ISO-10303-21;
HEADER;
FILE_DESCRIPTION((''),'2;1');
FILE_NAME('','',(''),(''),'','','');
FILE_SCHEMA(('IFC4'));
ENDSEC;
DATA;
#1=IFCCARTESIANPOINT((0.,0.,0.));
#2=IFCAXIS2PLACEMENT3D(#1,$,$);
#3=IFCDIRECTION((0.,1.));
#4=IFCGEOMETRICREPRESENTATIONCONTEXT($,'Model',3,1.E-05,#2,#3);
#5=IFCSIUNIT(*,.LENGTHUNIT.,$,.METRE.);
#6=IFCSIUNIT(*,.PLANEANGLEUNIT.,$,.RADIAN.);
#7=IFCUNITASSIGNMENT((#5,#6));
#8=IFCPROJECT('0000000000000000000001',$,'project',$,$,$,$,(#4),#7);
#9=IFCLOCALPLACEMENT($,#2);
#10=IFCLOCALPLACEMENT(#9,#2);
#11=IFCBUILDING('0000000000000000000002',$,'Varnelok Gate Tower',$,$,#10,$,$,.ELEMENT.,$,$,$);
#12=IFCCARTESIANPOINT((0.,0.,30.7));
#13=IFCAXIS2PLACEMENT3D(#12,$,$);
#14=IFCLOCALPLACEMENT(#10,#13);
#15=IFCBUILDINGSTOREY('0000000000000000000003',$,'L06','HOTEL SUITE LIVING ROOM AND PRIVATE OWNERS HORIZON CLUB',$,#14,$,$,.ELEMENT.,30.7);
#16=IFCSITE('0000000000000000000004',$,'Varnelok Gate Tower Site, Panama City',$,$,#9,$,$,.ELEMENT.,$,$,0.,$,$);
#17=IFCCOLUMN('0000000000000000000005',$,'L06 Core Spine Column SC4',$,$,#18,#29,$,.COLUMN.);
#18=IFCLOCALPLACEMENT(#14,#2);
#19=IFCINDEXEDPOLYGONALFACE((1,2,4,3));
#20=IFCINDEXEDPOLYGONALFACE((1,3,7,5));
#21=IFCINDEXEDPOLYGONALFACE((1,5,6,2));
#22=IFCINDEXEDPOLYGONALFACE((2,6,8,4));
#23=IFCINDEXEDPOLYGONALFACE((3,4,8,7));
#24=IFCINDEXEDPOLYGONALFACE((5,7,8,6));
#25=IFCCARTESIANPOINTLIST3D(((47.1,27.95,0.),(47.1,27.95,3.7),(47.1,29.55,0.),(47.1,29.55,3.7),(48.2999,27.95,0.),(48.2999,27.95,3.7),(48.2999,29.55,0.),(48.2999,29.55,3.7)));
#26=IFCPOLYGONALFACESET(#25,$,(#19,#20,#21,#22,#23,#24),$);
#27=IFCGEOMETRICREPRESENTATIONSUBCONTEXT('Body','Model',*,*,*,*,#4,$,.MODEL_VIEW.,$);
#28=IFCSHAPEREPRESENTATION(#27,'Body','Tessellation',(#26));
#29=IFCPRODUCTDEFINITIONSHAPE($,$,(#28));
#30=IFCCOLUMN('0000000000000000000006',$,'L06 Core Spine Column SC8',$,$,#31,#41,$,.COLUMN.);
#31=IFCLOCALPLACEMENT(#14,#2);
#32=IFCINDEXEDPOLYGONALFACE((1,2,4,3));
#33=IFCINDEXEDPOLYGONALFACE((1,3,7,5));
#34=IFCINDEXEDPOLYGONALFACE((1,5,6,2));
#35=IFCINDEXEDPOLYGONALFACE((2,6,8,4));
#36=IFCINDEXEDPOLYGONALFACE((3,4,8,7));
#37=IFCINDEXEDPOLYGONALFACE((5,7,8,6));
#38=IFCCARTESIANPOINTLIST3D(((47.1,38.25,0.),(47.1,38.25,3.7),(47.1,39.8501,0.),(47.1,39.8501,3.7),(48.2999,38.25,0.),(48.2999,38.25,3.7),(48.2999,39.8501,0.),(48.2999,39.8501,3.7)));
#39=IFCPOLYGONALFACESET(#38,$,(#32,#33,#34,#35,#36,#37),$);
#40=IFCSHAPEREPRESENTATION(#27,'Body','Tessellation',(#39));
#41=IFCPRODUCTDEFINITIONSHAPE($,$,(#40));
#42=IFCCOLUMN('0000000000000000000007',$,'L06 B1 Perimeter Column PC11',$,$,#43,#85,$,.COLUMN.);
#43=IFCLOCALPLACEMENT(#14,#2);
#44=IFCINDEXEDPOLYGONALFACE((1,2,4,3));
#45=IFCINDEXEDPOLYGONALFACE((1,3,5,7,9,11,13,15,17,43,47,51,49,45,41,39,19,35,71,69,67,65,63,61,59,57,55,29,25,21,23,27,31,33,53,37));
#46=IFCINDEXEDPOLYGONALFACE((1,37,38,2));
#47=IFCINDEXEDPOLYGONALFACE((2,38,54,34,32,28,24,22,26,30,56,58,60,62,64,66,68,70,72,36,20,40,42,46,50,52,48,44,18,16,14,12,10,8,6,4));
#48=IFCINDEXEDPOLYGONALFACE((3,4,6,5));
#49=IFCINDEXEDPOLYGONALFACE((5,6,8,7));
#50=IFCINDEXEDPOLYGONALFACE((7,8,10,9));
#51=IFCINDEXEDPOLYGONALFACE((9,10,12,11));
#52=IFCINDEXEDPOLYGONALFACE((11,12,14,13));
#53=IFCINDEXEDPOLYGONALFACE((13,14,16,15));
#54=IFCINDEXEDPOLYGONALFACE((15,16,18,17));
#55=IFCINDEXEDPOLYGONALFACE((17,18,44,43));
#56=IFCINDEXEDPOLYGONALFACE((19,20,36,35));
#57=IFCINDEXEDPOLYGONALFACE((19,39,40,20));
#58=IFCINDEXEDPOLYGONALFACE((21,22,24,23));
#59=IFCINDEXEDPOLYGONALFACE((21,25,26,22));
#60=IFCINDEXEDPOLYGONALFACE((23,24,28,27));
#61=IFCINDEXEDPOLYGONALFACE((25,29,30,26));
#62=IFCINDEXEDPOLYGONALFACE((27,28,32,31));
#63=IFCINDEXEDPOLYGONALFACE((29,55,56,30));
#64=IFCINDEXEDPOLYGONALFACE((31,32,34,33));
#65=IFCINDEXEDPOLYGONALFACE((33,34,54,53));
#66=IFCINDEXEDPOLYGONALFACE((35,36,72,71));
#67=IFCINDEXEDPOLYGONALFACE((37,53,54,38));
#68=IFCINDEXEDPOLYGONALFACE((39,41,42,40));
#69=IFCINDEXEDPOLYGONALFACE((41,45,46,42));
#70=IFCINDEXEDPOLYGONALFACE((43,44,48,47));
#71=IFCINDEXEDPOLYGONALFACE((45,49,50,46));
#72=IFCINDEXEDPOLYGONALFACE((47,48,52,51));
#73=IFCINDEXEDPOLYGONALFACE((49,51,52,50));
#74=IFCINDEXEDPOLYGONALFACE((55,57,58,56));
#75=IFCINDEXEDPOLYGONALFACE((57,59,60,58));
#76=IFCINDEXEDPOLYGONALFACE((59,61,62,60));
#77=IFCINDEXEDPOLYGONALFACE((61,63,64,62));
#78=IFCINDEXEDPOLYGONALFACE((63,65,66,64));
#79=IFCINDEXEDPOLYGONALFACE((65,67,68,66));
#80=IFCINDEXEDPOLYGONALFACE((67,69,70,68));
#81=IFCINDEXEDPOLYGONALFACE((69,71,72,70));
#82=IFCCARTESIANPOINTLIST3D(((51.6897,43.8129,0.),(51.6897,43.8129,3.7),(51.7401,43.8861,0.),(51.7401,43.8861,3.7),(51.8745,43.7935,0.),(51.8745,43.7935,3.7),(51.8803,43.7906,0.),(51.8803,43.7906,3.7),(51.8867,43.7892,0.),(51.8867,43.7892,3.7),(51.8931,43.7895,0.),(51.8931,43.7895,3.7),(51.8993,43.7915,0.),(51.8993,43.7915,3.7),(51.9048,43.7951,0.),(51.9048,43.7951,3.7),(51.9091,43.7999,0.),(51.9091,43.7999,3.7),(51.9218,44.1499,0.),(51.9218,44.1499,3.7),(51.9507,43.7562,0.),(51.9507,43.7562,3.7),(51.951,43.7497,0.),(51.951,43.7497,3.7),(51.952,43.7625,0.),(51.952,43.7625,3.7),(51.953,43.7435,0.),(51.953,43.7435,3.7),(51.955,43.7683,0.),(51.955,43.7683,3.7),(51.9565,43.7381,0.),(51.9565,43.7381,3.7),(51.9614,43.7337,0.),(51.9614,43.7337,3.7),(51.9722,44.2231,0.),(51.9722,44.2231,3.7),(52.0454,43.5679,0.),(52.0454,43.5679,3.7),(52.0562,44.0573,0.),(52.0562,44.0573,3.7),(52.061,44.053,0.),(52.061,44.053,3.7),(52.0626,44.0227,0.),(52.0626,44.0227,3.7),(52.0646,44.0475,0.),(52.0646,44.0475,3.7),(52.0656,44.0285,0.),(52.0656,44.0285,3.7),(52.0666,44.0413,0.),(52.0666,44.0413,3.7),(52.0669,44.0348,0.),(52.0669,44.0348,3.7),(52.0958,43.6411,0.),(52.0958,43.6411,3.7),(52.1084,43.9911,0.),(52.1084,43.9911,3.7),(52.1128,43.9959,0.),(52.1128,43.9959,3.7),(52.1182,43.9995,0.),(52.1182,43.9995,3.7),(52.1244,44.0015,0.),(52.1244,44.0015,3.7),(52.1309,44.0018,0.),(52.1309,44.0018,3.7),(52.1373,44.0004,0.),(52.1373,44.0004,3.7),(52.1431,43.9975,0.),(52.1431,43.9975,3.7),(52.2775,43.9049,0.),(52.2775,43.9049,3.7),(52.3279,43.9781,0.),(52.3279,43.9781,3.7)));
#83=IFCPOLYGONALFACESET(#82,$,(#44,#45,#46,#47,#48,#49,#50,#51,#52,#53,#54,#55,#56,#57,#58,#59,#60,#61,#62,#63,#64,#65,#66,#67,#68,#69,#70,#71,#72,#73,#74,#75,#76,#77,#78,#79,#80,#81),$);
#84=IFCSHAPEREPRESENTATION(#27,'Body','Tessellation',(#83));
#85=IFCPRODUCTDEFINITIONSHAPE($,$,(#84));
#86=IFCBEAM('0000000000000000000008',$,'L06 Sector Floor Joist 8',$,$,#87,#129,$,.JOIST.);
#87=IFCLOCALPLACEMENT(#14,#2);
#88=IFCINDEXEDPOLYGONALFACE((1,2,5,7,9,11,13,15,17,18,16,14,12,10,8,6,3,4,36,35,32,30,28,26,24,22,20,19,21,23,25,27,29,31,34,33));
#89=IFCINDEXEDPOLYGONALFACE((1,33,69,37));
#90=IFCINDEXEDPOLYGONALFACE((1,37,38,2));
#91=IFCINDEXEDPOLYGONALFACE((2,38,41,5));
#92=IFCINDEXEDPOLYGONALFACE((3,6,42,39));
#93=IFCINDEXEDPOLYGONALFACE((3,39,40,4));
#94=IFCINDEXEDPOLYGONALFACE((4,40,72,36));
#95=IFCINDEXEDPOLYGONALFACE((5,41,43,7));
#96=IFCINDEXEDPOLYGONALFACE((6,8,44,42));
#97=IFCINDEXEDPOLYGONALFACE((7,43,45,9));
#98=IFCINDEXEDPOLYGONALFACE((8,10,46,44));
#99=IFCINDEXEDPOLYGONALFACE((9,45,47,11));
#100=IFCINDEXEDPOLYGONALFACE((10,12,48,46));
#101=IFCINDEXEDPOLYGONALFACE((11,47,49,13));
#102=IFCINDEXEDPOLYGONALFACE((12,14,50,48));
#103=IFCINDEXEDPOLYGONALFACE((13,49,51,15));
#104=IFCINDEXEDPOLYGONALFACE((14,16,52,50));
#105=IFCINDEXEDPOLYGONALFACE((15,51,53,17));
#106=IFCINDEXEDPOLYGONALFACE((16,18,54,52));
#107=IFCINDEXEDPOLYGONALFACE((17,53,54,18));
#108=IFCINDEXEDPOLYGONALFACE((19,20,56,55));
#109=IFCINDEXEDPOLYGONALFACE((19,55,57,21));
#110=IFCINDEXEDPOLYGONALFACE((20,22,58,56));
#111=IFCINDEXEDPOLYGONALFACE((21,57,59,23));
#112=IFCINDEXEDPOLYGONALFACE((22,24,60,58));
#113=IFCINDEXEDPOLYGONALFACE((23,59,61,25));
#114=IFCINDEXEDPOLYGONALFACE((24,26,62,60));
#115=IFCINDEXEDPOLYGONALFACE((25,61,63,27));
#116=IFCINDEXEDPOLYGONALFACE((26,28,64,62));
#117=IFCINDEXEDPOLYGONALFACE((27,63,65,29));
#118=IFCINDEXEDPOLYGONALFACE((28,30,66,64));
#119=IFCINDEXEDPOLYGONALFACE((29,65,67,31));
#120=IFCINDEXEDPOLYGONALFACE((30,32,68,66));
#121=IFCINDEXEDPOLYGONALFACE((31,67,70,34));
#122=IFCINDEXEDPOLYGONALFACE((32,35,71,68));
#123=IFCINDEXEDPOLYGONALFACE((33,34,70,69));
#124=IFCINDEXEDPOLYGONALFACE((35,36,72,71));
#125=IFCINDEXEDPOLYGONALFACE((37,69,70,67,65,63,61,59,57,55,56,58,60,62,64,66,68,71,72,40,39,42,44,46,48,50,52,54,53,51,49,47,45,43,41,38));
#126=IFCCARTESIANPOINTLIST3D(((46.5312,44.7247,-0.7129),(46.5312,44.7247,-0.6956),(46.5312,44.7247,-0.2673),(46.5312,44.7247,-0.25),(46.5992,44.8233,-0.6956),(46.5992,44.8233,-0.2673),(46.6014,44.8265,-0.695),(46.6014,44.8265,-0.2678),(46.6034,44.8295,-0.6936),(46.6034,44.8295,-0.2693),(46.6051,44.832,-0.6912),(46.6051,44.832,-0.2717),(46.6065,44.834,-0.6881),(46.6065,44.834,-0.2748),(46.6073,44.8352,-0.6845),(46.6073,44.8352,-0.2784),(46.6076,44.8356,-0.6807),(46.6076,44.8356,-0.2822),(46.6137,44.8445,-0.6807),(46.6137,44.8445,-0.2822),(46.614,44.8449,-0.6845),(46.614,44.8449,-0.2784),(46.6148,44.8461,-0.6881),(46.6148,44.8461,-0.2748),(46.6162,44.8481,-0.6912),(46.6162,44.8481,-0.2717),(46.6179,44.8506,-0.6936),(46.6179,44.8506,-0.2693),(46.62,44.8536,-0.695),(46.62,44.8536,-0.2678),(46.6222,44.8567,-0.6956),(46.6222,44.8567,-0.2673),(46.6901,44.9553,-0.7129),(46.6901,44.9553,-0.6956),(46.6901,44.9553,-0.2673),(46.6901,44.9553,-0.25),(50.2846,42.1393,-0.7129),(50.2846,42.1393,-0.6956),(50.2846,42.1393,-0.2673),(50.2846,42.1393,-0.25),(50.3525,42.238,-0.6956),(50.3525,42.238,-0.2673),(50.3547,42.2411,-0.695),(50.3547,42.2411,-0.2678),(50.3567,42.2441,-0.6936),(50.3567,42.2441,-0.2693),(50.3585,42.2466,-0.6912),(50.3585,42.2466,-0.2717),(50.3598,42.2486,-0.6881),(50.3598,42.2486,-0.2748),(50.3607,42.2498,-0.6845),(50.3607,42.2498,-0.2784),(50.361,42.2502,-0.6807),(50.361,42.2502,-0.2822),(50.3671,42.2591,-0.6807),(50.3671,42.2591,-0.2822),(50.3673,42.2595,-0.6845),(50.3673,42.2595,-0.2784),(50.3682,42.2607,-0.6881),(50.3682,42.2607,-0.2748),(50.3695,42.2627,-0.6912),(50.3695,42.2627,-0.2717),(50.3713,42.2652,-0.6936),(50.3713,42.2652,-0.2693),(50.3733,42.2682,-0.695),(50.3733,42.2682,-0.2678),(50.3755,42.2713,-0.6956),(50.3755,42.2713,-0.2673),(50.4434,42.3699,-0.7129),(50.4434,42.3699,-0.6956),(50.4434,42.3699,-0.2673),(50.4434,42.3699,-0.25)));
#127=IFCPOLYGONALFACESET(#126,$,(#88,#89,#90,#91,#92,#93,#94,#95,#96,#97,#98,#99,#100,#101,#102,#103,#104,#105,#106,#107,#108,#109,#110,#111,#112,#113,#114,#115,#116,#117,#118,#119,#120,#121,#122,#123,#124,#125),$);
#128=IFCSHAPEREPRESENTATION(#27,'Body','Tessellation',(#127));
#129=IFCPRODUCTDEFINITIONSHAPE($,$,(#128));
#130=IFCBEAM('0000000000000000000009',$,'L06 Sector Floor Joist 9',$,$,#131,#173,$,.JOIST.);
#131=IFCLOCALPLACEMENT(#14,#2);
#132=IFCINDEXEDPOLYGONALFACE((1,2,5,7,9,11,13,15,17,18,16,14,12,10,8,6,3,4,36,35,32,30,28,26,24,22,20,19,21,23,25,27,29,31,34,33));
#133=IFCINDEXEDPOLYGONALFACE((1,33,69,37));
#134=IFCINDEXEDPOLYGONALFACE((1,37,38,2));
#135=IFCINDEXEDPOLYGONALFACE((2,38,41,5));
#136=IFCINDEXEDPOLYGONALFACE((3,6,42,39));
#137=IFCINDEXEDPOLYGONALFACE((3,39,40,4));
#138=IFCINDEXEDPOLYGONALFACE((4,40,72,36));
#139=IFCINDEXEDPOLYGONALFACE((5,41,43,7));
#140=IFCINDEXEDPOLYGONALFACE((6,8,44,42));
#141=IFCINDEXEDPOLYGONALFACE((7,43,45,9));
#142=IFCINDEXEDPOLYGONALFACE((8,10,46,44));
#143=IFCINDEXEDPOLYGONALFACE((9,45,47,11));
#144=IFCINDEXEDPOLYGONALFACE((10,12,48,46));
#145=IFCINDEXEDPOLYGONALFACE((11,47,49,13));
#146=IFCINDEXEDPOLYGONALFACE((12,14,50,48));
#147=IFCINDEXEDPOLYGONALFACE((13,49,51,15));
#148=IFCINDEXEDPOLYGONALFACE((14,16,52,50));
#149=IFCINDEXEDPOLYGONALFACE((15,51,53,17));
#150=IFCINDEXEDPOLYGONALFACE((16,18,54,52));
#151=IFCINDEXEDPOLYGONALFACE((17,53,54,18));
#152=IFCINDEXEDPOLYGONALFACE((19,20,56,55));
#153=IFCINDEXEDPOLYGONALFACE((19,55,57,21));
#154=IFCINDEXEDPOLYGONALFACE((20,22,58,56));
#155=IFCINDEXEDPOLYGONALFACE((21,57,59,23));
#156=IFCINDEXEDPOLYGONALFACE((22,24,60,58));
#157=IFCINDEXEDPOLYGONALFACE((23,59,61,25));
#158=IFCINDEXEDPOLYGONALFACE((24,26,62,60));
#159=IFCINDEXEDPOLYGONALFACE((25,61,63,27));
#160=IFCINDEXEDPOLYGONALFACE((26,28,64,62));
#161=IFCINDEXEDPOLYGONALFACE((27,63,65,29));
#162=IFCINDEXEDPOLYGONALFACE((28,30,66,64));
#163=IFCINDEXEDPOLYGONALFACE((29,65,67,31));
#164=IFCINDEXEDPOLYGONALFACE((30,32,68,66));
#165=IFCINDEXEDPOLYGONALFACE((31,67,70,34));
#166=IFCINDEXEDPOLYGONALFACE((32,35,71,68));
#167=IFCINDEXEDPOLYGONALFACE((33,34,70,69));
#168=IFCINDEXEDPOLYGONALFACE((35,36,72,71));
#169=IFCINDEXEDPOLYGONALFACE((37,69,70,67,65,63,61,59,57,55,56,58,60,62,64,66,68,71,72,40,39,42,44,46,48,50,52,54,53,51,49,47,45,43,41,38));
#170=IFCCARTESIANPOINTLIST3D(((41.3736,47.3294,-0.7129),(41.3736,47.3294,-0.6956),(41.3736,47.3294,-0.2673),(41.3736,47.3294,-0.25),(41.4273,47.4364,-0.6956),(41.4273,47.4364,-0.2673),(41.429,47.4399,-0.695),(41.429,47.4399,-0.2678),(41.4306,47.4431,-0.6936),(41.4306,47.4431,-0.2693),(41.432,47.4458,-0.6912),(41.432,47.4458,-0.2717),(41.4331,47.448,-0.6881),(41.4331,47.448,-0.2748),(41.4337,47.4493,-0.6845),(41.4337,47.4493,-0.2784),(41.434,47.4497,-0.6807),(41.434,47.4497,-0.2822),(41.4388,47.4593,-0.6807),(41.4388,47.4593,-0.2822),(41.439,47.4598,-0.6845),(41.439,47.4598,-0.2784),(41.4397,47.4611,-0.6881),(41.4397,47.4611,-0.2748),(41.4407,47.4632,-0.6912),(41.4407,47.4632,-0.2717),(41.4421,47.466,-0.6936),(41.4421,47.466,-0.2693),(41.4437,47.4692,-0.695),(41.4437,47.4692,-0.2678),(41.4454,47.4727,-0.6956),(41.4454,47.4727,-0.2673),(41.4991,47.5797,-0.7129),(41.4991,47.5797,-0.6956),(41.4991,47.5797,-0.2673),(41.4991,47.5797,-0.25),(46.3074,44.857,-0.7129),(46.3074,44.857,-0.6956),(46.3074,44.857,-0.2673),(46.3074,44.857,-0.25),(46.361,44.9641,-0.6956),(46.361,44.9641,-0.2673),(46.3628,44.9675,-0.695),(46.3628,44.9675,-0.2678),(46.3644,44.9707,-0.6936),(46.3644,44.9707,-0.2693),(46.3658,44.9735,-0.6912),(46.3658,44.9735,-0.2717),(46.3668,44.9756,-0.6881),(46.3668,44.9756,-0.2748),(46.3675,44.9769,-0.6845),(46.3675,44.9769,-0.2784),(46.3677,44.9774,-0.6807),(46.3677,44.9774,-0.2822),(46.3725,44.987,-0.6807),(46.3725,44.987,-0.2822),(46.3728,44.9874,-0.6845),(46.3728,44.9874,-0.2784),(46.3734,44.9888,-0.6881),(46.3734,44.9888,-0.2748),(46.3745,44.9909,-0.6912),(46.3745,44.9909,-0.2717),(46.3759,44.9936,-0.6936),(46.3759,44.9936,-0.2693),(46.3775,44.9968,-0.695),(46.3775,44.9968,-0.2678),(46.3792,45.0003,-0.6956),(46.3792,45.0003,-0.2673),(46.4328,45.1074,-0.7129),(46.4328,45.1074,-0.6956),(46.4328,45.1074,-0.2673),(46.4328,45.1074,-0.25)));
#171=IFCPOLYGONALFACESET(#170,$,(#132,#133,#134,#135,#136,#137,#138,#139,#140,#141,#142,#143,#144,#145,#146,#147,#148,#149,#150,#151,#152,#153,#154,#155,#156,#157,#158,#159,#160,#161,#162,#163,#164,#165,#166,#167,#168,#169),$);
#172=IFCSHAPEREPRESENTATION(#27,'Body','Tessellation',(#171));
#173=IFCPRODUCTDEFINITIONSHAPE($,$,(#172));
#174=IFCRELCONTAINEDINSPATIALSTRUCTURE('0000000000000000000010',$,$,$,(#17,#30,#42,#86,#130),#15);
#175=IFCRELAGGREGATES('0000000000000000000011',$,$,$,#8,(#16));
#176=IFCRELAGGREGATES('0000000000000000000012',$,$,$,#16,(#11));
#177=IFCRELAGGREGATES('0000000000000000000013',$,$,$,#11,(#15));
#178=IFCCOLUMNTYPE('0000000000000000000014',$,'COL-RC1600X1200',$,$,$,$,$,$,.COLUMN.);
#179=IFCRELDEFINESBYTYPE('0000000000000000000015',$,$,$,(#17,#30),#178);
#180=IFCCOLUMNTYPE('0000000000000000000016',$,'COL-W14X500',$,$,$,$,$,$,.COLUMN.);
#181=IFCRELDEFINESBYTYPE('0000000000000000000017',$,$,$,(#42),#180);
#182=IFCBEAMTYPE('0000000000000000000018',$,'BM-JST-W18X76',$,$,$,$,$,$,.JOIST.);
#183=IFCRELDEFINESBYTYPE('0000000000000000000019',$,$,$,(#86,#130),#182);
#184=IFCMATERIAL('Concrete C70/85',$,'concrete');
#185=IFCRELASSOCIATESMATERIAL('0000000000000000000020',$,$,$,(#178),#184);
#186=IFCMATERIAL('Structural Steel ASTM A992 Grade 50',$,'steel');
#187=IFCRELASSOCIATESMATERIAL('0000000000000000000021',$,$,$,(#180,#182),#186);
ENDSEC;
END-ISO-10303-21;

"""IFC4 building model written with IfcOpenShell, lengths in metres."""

from ifc_helpers import new_model, si_unit, direction, frame, origin, origin_2d, place, context, subcontext, project, spatial, rectangle, i_section, extrude, material, material_profile, profile_set, type_object, element, save


model = new_model("IFC4")

# Units and contexts
model_context = context("Model", 3, precision=1e-05, world=origin(), true_north=direction((0.0, 1.0)))
body_context = subcontext(model_context, "Body", "Model", "MODEL_VIEW")
ifc_project = project(units=[si_unit("LENGTHUNIT", "METRE"), si_unit("PLANEANGLEUNIT", "RADIAN")], contexts=[model_context])

# Site, building, storey
site_placement = place(None, origin())
site = spatial("IfcSite", under=ifc_project, at=site_placement, Name="Varnelok Gate Tower Site, Panama City", CompositionType="ELEMENT", RefElevation=0.0)
building_placement = place(site_placement, origin())
building = spatial("IfcBuilding", under=site, at=building_placement, Name="Varnelok Gate Tower", CompositionType="ELEMENT")
storey_placement = place(building_placement, frame((0.0, 0.0, 30.7)))
storey = spatial("IfcBuildingStorey", under=building, at=storey_placement, Name="L06", Description="HOTEL SUITE LIVING ROOM AND PRIVATE OWNERS HORIZON CLUB", CompositionType="ELEMENT", Elevation=30.7)

# Columns
ifc_material_1 = material(Name="Concrete C70/85", Category="concrete")
ifc_material_profile_1 = material_profile(ifc_material_1, rectangle(XDim=1.2, YDim=1.6001, at=origin_2d()), Name="RC1600X1200")
ifc_profile_set_1 = profile_set([ifc_material_profile_1], Name="Concrete C70/85")
column_type_1 = type_object("IfcColumnType", Name="COL-RC1600X1200", PredefinedType="COLUMN", material=ifc_profile_set_1)
for number, where, z_axis, x_axis, name in (
    (1, (47.7, 28.75, 0.0), (0.0, 0.0, 1.0), (1.0, 0.0, 0.0), "L06 Core Spine Column SC4"),
    (2, (47.7, 39.05, 0.0), (0.0, 0.0, 1.0), (1.0, 0.0, 0.0), "L06 Core Spine Column SC8"),
):
    element("IfcColumn", number, at=place(storey_placement, frame(where, z_axis=z_axis, x_axis=x_axis)), inside=storey, type_object=column_type_1, Name=name, PredefinedType="COLUMN", context=body_context, shape_type="SweptSolid", body=[
        extrude(rectangle(XDim=1.2, YDim=1.6001, at=origin_2d()), origin(), (0.0, 0.0, 1.0), 3.7),
    ])
ifc_material_2 = material(Name="Structural Steel ASTM A992 Grade 50", Category="steel")
ifc_material_profile_2 = material_profile(ifc_material_2, i_section(OverallWidth=0.4319, OverallDepth=0.498, WebThickness=0.0557, FlangeThickness=0.0889, FilletRadius=0.0249, at=origin_2d()), Name="W14X500")
ifc_profile_set_2 = profile_set([ifc_material_profile_2], Name="Structural Steel ASTM A992 Grade 50")
column_type_2 = type_object("IfcColumnType", Name="COL-W14X500", PredefinedType="COLUMN", material=ifc_profile_set_2)
column_placement = place(storey_placement, frame((52.0088, 43.8955, 0.0), z_axis=(0.0, 0.0, 1.0), x_axis=(0.823533, -0.567269, 0.0)))
element("IfcColumn", 3, at=column_placement, inside=storey, type_object=column_type_2, Name="L06 B1 Perimeter Column PC11", PredefinedType="COLUMN", context=body_context, shape_type="SweptSolid", body=[
    extrude(i_section(OverallWidth=0.4319, OverallDepth=0.498, WebThickness=0.0557, FlangeThickness=0.0889, FilletRadius=0.0249, at=origin_2d()), origin(), (0.0, 0.0, 1.0), 3.7),
])

# Beams
ifc_material_profile_3 = material_profile(ifc_material_2, i_section(OverallWidth=0.28, OverallDepth=0.4629, WebThickness=0.0107, FlangeThickness=0.0173, FilletRadius=0.0149, at=origin_2d()), Name="W18X76")
ifc_profile_set_3 = profile_set([ifc_material_profile_3], Name="Structural Steel ASTM A992 Grade 50")
beam_type_1 = type_object("IfcBeamType", Name="BM-JST-W18X76", PredefinedType="JOIST", material=ifc_profile_set_3)
beam_1_placement = place(storey_placement, frame((50.364, 42.2546, -0.4814), z_axis=(-0.823532, 0.56727, 0.0), x_axis=(-0.56727, -0.823532, 0.0)))
element("IfcBeam", 4, at=beam_1_placement, inside=storey, type_object=beam_type_1, Name="L06 Sector Floor Joist 8", PredefinedType="JOIST", context=body_context, shape_type="SweptSolid", body=[
    extrude(i_section(OverallWidth=0.28, OverallDepth=0.4629, WebThickness=0.0107, FlangeThickness=0.0173, FilletRadius=0.0149, at=origin_2d()), origin(), (0.0, 0.0, 1.0), 4.5576),
])
beam_2_placement = place(storey_placement, frame((46.3701, 44.9822, -0.4814), z_axis=(-0.894029, 0.44801, 0.0), x_axis=(-0.44801, -0.894029, 0.0)))
element("IfcBeam", 5, at=beam_2_placement, inside=storey, type_object=beam_type_1, Name="L06 Sector Floor Joist 9", PredefinedType="JOIST", context=body_context, shape_type="SweptSolid", body=[
    extrude(i_section(OverallWidth=0.28, OverallDepth=0.4629, WebThickness=0.0107, FlangeThickness=0.0173, FilletRadius=0.0149, at=origin_2d()), origin(), (0.0, 0.0, 1.0), 5.5186),
])

save(model, "model.ifc")
